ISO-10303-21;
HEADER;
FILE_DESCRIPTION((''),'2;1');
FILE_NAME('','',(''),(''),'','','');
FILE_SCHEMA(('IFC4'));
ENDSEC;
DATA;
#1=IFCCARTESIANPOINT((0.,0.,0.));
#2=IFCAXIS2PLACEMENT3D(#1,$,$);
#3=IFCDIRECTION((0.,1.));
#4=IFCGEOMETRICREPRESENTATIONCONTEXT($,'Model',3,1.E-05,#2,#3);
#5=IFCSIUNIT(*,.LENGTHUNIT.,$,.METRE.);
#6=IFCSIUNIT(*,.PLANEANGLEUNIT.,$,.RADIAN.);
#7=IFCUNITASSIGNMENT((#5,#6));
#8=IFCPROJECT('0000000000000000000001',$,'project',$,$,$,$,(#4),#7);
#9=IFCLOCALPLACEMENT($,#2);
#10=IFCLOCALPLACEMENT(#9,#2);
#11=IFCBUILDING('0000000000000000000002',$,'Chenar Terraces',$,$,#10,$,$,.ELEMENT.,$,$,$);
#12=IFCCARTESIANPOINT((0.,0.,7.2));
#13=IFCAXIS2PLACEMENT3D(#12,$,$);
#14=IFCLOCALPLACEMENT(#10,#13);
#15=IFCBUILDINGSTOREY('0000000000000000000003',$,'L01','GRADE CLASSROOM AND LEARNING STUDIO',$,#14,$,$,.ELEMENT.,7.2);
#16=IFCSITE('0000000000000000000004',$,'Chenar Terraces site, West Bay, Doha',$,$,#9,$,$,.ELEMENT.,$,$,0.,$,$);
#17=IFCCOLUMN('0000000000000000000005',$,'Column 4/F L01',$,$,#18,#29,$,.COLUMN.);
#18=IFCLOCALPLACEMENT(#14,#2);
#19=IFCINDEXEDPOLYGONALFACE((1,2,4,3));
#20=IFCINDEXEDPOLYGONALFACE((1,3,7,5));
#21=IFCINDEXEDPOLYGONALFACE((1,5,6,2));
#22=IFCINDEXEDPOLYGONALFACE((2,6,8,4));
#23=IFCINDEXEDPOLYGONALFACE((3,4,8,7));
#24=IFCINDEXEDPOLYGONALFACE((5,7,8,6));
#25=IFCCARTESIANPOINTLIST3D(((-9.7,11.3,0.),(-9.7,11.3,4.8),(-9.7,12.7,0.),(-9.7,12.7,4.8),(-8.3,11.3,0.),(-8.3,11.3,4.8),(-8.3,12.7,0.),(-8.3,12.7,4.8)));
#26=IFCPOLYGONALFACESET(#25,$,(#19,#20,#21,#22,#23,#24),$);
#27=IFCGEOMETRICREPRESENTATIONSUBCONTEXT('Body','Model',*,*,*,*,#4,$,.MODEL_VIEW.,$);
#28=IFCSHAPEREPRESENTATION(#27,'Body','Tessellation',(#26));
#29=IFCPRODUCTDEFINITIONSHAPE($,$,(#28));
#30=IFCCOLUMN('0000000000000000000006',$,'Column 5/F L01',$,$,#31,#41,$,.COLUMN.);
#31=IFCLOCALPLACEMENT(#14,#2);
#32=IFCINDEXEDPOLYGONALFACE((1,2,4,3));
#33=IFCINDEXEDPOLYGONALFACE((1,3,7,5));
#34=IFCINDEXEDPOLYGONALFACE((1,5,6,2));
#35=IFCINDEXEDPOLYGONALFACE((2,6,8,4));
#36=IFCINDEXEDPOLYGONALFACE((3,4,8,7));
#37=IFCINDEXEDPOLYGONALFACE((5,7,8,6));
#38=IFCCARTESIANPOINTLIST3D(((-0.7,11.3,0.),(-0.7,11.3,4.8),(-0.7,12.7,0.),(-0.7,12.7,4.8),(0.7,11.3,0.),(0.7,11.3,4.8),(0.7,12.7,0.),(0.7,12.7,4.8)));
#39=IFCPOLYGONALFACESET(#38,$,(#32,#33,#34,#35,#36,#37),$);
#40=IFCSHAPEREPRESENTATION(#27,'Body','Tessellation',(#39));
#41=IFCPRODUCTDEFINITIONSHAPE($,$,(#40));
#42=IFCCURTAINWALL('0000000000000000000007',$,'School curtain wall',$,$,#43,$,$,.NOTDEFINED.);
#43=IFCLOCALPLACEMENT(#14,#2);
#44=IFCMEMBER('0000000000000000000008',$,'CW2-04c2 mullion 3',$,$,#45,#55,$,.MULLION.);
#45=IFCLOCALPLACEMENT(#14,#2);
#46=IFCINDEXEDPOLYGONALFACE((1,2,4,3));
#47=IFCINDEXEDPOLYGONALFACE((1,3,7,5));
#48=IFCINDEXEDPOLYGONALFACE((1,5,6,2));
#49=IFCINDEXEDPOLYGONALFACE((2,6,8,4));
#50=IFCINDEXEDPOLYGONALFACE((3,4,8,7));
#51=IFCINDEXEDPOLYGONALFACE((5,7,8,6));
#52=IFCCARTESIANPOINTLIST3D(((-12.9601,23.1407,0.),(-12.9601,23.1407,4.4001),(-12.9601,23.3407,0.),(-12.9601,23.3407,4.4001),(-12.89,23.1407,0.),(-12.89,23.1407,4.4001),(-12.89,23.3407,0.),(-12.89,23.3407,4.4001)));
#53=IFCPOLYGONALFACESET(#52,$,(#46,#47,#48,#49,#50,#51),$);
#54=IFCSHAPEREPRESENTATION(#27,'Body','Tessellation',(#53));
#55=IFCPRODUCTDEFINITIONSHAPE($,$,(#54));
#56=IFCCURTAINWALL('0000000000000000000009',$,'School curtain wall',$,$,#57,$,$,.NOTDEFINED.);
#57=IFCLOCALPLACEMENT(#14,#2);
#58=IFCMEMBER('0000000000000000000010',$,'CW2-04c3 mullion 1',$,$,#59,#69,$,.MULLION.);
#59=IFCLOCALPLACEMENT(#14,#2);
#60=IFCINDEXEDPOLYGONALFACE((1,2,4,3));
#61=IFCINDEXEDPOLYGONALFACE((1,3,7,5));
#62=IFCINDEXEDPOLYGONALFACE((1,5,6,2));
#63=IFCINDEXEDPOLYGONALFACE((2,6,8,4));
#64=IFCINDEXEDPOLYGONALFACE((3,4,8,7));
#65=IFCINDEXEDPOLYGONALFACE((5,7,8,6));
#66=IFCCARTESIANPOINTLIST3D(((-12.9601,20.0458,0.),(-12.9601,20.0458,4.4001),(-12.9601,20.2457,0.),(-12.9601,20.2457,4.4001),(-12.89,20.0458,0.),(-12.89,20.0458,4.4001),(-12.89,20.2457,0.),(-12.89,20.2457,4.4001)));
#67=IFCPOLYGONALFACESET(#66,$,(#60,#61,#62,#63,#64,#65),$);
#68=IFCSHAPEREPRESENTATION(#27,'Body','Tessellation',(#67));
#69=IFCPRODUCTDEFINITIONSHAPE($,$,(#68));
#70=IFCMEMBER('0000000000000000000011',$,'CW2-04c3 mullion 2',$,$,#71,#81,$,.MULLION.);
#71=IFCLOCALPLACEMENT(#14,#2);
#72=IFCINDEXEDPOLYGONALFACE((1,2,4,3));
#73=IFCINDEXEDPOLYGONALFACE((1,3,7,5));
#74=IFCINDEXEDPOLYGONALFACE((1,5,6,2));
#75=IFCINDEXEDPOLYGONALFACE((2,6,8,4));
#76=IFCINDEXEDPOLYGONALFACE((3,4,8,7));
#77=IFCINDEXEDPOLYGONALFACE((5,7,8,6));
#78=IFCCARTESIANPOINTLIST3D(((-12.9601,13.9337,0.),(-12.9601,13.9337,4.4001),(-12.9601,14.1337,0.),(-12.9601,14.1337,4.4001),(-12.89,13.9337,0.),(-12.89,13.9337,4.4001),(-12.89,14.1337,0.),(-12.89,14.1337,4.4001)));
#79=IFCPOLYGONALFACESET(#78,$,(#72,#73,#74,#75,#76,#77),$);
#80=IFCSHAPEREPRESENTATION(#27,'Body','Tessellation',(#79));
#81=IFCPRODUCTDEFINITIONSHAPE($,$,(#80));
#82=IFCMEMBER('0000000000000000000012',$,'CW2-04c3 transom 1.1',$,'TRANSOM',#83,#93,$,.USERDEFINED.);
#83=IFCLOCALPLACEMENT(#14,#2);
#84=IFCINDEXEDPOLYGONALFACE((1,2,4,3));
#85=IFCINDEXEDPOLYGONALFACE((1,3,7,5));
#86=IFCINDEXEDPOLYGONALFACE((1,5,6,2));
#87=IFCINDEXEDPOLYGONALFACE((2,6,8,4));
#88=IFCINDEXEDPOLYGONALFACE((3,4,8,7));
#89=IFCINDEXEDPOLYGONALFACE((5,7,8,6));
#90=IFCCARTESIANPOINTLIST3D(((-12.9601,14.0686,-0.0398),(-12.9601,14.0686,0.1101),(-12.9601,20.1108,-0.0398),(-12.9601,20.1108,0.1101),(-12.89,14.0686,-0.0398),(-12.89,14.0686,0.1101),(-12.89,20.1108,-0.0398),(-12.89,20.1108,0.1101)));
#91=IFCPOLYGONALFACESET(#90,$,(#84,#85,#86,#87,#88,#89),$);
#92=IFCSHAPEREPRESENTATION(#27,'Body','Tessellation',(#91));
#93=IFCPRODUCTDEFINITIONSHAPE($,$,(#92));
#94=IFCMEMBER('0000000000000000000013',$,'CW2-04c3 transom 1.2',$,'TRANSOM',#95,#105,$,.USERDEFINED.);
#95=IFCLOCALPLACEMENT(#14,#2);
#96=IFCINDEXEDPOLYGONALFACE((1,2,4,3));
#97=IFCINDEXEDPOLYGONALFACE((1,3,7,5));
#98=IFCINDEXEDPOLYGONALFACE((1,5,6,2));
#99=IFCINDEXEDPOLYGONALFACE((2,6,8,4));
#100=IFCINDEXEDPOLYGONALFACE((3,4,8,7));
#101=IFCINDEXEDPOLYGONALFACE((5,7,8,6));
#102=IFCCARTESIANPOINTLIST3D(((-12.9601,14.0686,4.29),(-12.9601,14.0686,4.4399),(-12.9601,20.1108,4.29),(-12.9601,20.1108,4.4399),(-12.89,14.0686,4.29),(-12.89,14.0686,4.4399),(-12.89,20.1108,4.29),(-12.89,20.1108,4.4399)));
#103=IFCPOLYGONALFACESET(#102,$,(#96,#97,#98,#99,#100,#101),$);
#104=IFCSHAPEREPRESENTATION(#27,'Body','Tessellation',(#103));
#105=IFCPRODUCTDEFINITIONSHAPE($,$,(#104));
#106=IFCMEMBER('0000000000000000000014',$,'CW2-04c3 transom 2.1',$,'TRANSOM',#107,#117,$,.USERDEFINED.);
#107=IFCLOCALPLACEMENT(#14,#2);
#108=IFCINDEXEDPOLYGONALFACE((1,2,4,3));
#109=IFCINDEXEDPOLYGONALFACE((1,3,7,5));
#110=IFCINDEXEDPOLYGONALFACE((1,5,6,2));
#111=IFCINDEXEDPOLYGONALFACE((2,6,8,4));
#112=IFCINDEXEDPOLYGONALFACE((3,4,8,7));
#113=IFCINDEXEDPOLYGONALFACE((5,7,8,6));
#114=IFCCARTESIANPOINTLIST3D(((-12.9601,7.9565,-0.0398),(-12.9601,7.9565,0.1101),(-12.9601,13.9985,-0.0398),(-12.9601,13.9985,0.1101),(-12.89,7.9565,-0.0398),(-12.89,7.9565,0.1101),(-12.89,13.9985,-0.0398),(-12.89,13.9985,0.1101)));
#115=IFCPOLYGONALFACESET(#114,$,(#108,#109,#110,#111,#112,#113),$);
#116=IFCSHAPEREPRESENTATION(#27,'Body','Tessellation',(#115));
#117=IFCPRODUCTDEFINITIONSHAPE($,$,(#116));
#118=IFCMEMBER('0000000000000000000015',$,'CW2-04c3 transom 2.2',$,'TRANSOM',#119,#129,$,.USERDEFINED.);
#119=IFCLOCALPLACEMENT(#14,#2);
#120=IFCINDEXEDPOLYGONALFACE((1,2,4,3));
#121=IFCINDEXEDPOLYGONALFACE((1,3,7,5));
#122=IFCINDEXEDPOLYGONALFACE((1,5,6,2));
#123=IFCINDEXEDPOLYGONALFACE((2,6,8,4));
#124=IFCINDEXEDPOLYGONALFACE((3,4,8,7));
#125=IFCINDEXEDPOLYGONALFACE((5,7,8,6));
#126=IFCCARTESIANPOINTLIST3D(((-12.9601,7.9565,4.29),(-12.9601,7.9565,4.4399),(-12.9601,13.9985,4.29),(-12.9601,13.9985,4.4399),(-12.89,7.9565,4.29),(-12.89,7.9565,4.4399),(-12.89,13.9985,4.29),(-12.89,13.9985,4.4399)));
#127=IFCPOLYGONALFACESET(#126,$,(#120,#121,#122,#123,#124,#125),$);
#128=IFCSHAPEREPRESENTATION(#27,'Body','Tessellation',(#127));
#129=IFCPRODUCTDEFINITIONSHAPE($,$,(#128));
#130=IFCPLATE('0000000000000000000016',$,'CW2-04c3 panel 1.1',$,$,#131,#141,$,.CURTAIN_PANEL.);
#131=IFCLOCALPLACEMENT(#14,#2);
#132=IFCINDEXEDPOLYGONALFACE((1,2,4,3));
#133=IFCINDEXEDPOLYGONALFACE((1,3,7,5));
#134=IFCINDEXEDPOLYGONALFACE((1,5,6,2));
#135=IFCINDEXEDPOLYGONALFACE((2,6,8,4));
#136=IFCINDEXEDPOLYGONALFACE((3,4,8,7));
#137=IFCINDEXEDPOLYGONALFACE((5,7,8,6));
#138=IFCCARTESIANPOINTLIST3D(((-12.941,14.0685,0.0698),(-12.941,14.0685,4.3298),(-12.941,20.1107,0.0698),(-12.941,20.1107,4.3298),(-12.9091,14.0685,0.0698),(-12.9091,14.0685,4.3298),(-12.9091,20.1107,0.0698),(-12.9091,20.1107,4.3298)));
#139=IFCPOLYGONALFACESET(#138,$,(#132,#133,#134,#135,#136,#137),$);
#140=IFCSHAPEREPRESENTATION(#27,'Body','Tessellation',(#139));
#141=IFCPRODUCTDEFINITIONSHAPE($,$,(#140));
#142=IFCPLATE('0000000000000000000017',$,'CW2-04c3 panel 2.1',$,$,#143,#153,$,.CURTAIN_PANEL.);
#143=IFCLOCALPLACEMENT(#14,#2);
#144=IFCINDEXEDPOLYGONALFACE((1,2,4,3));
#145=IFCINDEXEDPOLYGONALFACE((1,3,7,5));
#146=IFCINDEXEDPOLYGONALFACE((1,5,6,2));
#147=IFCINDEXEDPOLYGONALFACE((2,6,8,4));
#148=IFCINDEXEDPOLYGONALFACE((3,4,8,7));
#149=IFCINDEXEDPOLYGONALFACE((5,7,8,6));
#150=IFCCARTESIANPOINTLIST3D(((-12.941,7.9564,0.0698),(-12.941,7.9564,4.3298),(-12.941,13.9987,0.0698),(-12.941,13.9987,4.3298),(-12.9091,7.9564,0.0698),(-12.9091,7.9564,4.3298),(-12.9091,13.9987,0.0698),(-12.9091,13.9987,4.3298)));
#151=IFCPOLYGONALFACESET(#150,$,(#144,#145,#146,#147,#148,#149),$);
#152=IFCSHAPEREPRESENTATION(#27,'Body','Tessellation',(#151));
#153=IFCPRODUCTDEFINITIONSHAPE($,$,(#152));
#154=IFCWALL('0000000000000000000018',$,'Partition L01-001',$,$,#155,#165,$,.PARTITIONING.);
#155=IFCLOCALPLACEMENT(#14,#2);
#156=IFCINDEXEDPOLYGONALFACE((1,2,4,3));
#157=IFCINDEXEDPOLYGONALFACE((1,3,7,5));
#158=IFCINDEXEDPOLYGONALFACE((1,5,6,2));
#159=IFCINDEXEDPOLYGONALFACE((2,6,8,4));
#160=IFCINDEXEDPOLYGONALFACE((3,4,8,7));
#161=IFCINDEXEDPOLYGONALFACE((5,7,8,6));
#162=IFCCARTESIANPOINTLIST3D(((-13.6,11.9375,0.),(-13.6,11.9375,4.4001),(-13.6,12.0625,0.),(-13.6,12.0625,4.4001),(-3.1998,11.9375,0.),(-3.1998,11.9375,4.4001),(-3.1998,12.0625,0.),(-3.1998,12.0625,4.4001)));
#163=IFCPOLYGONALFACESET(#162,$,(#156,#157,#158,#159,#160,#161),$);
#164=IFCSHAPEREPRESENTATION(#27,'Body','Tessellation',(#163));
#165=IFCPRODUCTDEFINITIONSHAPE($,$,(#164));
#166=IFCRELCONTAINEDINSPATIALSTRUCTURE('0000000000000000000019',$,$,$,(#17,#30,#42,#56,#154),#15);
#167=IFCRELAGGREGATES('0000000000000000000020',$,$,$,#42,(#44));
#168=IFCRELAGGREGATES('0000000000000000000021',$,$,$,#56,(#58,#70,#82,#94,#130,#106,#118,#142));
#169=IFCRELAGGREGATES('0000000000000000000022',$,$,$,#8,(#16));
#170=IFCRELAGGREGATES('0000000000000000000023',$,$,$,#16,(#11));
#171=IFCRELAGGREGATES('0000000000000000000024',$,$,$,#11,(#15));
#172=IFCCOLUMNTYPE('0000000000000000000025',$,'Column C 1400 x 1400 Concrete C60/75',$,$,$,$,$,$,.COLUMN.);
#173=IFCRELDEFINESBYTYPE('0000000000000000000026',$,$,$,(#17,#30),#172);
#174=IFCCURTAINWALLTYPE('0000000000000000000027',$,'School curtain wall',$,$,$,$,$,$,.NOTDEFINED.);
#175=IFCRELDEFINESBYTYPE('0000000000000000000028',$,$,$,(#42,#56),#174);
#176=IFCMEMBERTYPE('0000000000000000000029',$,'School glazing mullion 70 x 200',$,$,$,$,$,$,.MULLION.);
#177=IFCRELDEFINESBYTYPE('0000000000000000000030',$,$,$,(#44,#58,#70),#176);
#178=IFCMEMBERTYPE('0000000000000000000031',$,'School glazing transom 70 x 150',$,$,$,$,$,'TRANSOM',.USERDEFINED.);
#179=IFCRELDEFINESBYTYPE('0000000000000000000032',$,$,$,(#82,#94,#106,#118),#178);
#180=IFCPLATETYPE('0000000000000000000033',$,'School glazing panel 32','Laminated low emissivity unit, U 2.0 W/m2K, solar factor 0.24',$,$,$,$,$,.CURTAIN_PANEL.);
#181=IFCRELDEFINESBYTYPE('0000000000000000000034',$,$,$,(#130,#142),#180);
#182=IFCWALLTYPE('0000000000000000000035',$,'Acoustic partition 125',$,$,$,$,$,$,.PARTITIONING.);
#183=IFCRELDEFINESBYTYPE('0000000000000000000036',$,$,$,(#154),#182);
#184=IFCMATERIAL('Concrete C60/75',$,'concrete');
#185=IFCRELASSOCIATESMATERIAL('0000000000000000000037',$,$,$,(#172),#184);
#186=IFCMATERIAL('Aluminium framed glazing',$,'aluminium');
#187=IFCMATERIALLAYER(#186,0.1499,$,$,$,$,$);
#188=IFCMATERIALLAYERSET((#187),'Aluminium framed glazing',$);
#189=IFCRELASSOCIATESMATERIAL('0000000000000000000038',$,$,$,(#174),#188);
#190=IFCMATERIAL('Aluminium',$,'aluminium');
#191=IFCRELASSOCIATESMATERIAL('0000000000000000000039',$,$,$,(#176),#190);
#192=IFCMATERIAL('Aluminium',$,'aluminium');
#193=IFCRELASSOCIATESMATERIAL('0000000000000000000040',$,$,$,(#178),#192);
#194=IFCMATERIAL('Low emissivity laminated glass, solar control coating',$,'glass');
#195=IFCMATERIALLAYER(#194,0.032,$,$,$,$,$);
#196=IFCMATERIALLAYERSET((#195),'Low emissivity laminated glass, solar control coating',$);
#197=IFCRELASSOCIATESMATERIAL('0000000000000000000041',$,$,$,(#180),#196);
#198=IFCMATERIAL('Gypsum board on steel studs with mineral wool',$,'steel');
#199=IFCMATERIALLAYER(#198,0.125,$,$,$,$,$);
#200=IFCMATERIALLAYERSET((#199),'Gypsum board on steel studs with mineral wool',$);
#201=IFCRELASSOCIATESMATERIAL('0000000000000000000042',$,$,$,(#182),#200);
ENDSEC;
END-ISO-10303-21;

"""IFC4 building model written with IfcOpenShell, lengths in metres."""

from ifc_helpers import new_model, si_unit, direction, frame, frame_2d, origin, origin_2d, place, context, subcontext, project, spatial, rectangle, extrude, material, layer, layer_set, material_profile, profile_set, type_object, element, aggregate, save


model = new_model("IFC4")

# Units and contexts
model_context = context("Model", 3, precision=1e-05, world=origin(), true_north=direction((0.0, 1.0)))
body_context = subcontext(model_context, "Body", "Model", "MODEL_VIEW")
ifc_project = project(units=[si_unit("LENGTHUNIT", "METRE"), si_unit("PLANEANGLEUNIT", "RADIAN")], contexts=[model_context])

# Site, building, storey
site_placement = place(None, origin())
site = spatial("IfcSite", under=ifc_project, at=site_placement, Name="Chenar Terraces site, West Bay, Doha", CompositionType="ELEMENT", RefElevation=0.0)
building_placement = place(site_placement, origin())
building = spatial("IfcBuilding", under=site, at=building_placement, Name="Chenar Terraces", CompositionType="ELEMENT")
storey_placement = place(building_placement, frame((0.0, 0.0, 7.2)))
storey = spatial("IfcBuildingStorey", under=building, at=storey_placement, Name="L01", Description="GRADE CLASSROOM AND LEARNING STUDIO", CompositionType="ELEMENT", Elevation=7.2)

# Columns
ifc_material_1 = material(Name="Concrete C60/75", Category="concrete")
ifc_material_profile_1 = material_profile(ifc_material_1, rectangle(XDim=1.3999, YDim=1.3999, at=origin_2d()), Name="C 1400 x 1400")
ifc_profile_set_1 = profile_set([ifc_material_profile_1], Name="Concrete C60/75")
column_type = type_object("IfcColumnType", Name="Column C 1400 x 1400 Concrete C60/75", PredefinedType="COLUMN", material=ifc_profile_set_1)
for number, where, z_axis, x_axis, name in (
    (1, (-9.0, 12.0, 0.0), (0.0, 0.0, 1.0), (1.0, 0.0, 0.0), "Column 4/F L01"),
    (2, (0.0, 12.0, 0.0), (0.0, 0.0, 1.0), (1.0, 0.0, 0.0), "Column 5/F L01"),
):
    element("IfcColumn", number, at=place(storey_placement, frame(where, z_axis=z_axis, x_axis=x_axis)), inside=storey, type_object=column_type, Name=name, PredefinedType="COLUMN", context=body_context, shape_type="SweptSolid", body=[
        extrude(rectangle(XDim=1.3999, YDim=1.3999, at=origin_2d()), origin(), (0.0, 0.0, 1.0), 4.8),
    ])

# Curtain wall, member
ifc_material_2 = material(Name="Aluminium framed glazing", Category="aluminium")
ifc_layer_1 = layer(ifc_material_2, 0.1499)
ifc_layer_set_1 = layer_set([ifc_layer_1], Name="Aluminium framed glazing")
curtain_wall_type = type_object("IfcCurtainWallType", Name="School curtain wall", PredefinedType="NOTDEFINED", material=ifc_layer_set_1)
placement = place(storey_placement, origin())
curtain_wall_1 = element("IfcCurtainWall", 3, at=placement, inside=storey, type_object=curtain_wall_type, Name="School curtain wall", PredefinedType="NOTDEFINED")
ifc_material_3 = material(Name="Aluminium", Category="aluminium")
ifc_material_profile_2 = material_profile(ifc_material_3, rectangle(XDim=0.0701, YDim=0.2, at=origin_2d()), Name="School glazing mullion 70 x 200")
ifc_profile_set_2 = profile_set([ifc_material_profile_2], Name="Aluminium")
member_type_1 = type_object("IfcMemberType", Name="School glazing mullion 70 x 200", PredefinedType="MULLION", material=ifc_profile_set_2)
member_1_placement = place(storey_placement, frame((-12.925, 23.2407, 0.0), z_axis=(0.0, 0.0, 1.0), x_axis=(1.0, 0.0, 0.0)))
member_1 = element("IfcMember", 4, at=member_1_placement, type_object=member_type_1, Name="CW2-04c2 mullion 3", PredefinedType="MULLION", context=body_context, shape_type="SweptSolid", body=[
    extrude(rectangle(XDim=0.0701, YDim=0.2, at=origin_2d()), origin(), (0.0, 0.0, 1.0), 4.4001),
])
aggregate(curtain_wall_1, [member_1])

# Curtain wall, members, plates
curtain_wall_2 = element("IfcCurtainWall", 5, at=placement, inside=storey, type_object=curtain_wall_type, Name="School curtain wall", PredefinedType="NOTDEFINED")
member_2_placement = place(storey_placement, frame((-12.925, 20.1458, 0.0), z_axis=(0.0, 0.0, 1.0), x_axis=(1.0, 0.0, 0.0)))
member_2 = element("IfcMember", 6, at=member_2_placement, type_object=member_type_1, Name="CW2-04c3 mullion 1", PredefinedType="MULLION", context=body_context, shape_type="SweptSolid", body=[
    extrude(rectangle(XDim=0.0701, YDim=0.2, at=origin_2d()), origin(), (0.0, 0.0, 1.0), 4.4001),
])
member_3_placement = place(storey_placement, frame((-12.925, 14.0337, 0.0), z_axis=(0.0, 0.0, 1.0), x_axis=(1.0, 0.0, 0.0)))
member_3 = element("IfcMember", 7, at=member_3_placement, type_object=member_type_1, Name="CW2-04c3 mullion 2", PredefinedType="MULLION", context=body_context, shape_type="SweptSolid", body=[
    extrude(rectangle(XDim=0.0701, YDim=0.2, at=origin_2d()), origin(), (0.0, 0.0, 1.0), 4.4001),
])
ifc_material_4 = material(Name="Aluminium", Category="aluminium")
ifc_material_profile_3 = material_profile(ifc_material_4, rectangle(XDim=0.0701, YDim=0.1499, at=origin_2d()), Name="School glazing transom 70 x 150")
ifc_profile_set_3 = profile_set([ifc_material_profile_3], Name="Aluminium")
member_type_2 = type_object("IfcMemberType", Name="School glazing transom 70 x 150", ElementType="TRANSOM", PredefinedType="USERDEFINED", material=ifc_profile_set_3)
member_4_placement = place(storey_placement, frame((-12.925, 20.1108, 0.0352), z_axis=(0.0, -1.0, 0.0), x_axis=(1.0, 0.0, 0.0)))
member_4 = element("IfcMember", 8, at=member_4_placement, type_object=member_type_2, Name="CW2-04c3 transom 1.1", ObjectType="TRANSOM", PredefinedType="USERDEFINED", context=body_context, shape_type="SweptSolid", body=[
    extrude(rectangle(XDim=0.0701, YDim=0.1499, at=origin_2d()), origin(), (0.0, 0.0, 1.0), 6.0422),
])
member_5_placement = place(storey_placement, frame((-12.925, 20.1108, 4.365), z_axis=(0.0, -1.0, 0.0), x_axis=(1.0, 0.0, 0.0)))
member_5 = element("IfcMember", 9, at=member_5_placement, type_object=member_type_2, Name="CW2-04c3 transom 1.2", ObjectType="TRANSOM", PredefinedType="USERDEFINED", context=body_context, shape_type="SweptSolid", body=[
    extrude(rectangle(XDim=0.0701, YDim=0.1499, at=origin_2d()), origin(), (0.0, 0.0, 1.0), 6.0422),
])
member_6_placement = place(storey_placement, frame((-12.925, 13.9985, 0.0352), z_axis=(0.0, -1.0, 0.0), x_axis=(1.0, 0.0, 0.0)))
member_6 = element("IfcMember", 10, at=member_6_placement, type_object=member_type_2, Name="CW2-04c3 transom 2.1", ObjectType="TRANSOM", PredefinedType="USERDEFINED", context=body_context, shape_type="SweptSolid", body=[
    extrude(rectangle(XDim=0.0701, YDim=0.1499, at=origin_2d()), origin(), (0.0, 0.0, 1.0), 6.042),
])
member_7_placement = place(storey_placement, frame((-12.925, 13.9985, 4.365), z_axis=(0.0, -1.0, 0.0), x_axis=(1.0, 0.0, 0.0)))
member_7 = element("IfcMember", 11, at=member_7_placement, type_object=member_type_2, Name="CW2-04c3 transom 2.2", ObjectType="TRANSOM", PredefinedType="USERDEFINED", context=body_context, shape_type="SweptSolid", body=[
    extrude(rectangle(XDim=0.0701, YDim=0.1499, at=origin_2d()), origin(), (0.0, 0.0, 1.0), 6.042),
])
ifc_material_5 = material(Name="Low emissivity laminated glass, solar control coating", Category="glass")
ifc_layer_2 = layer(ifc_material_5, 0.032)
ifc_layer_set_2 = layer_set([ifc_layer_2], Name="Low emissivity laminated glass, solar control coating")
plate_type = type_object("IfcPlateType", Name="School glazing panel 32", Description="Laminated low emissivity unit, U 2.0 W/m2K, solar factor 0.24", PredefinedType="CURTAIN_PANEL", material=ifc_layer_set_2)
plate_1_placement = place(storey_placement, frame((-12.925, 17.0896, 0.0698), z_axis=(0.0, 0.0, 1.0), x_axis=(0.0, -1.0, 0.0)))
plate_1 = element("IfcPlate", 12, at=plate_1_placement, type_object=plate_type, Name="CW2-04c3 panel 1.1", PredefinedType="CURTAIN_PANEL", context=body_context, shape_type="SweptSolid", body=[
    extrude(rectangle(XDim=6.0422, YDim=0.032, at=origin_2d()), origin(), (0.0, 0.0, 1.0), 4.26),
])
plate_2_placement = place(storey_placement, frame((-12.925, 10.9775, 0.0698), z_axis=(0.0, 0.0, 1.0), x_axis=(0.0, -1.0, 0.0)))
plate_2 = element("IfcPlate", 13, at=plate_2_placement, type_object=plate_type, Name="CW2-04c3 panel 2.1", PredefinedType="CURTAIN_PANEL", context=body_context, shape_type="SweptSolid", body=[
    extrude(rectangle(XDim=6.0422, YDim=0.032, at=origin_2d()), origin(), (0.0, 0.0, 1.0), 4.26),
])
aggregate(curtain_wall_2, [member_2, member_3, member_4, member_5, plate_1, member_6, member_7, plate_2])

# Wall
ifc_material_6 = material(Name="Gypsum board on steel studs with mineral wool", Category="steel")
ifc_layer_3 = layer(ifc_material_6, 0.125)
ifc_layer_set_3 = layer_set([ifc_layer_3], Name="Gypsum board on steel studs with mineral wool")
wall_type_1 = type_object("IfcWallType", Name="Acoustic partition 125", PredefinedType="PARTITIONING", material=ifc_layer_set_3)
wall_1_placement = place(storey_placement, frame((-13.6001, 12.0, 0.0), z_axis=(0.0, 0.0, 1.0), x_axis=(1.0, 0.0, 0.0)))
element("IfcWall", 14, at=wall_1_placement, inside=storey, type_object=wall_type_1, Name="Partition L01-001", PredefinedType="PARTITIONING", context=body_context, shape_type="SweptSolid", body=[
    extrude(rectangle(XDim=10.4001, YDim=0.125, at=frame_2d((5.2002, 0.0))), origin(), (0.0, 0.0, 1.0), 4.4001),
])

save(model, "model.ifc")
